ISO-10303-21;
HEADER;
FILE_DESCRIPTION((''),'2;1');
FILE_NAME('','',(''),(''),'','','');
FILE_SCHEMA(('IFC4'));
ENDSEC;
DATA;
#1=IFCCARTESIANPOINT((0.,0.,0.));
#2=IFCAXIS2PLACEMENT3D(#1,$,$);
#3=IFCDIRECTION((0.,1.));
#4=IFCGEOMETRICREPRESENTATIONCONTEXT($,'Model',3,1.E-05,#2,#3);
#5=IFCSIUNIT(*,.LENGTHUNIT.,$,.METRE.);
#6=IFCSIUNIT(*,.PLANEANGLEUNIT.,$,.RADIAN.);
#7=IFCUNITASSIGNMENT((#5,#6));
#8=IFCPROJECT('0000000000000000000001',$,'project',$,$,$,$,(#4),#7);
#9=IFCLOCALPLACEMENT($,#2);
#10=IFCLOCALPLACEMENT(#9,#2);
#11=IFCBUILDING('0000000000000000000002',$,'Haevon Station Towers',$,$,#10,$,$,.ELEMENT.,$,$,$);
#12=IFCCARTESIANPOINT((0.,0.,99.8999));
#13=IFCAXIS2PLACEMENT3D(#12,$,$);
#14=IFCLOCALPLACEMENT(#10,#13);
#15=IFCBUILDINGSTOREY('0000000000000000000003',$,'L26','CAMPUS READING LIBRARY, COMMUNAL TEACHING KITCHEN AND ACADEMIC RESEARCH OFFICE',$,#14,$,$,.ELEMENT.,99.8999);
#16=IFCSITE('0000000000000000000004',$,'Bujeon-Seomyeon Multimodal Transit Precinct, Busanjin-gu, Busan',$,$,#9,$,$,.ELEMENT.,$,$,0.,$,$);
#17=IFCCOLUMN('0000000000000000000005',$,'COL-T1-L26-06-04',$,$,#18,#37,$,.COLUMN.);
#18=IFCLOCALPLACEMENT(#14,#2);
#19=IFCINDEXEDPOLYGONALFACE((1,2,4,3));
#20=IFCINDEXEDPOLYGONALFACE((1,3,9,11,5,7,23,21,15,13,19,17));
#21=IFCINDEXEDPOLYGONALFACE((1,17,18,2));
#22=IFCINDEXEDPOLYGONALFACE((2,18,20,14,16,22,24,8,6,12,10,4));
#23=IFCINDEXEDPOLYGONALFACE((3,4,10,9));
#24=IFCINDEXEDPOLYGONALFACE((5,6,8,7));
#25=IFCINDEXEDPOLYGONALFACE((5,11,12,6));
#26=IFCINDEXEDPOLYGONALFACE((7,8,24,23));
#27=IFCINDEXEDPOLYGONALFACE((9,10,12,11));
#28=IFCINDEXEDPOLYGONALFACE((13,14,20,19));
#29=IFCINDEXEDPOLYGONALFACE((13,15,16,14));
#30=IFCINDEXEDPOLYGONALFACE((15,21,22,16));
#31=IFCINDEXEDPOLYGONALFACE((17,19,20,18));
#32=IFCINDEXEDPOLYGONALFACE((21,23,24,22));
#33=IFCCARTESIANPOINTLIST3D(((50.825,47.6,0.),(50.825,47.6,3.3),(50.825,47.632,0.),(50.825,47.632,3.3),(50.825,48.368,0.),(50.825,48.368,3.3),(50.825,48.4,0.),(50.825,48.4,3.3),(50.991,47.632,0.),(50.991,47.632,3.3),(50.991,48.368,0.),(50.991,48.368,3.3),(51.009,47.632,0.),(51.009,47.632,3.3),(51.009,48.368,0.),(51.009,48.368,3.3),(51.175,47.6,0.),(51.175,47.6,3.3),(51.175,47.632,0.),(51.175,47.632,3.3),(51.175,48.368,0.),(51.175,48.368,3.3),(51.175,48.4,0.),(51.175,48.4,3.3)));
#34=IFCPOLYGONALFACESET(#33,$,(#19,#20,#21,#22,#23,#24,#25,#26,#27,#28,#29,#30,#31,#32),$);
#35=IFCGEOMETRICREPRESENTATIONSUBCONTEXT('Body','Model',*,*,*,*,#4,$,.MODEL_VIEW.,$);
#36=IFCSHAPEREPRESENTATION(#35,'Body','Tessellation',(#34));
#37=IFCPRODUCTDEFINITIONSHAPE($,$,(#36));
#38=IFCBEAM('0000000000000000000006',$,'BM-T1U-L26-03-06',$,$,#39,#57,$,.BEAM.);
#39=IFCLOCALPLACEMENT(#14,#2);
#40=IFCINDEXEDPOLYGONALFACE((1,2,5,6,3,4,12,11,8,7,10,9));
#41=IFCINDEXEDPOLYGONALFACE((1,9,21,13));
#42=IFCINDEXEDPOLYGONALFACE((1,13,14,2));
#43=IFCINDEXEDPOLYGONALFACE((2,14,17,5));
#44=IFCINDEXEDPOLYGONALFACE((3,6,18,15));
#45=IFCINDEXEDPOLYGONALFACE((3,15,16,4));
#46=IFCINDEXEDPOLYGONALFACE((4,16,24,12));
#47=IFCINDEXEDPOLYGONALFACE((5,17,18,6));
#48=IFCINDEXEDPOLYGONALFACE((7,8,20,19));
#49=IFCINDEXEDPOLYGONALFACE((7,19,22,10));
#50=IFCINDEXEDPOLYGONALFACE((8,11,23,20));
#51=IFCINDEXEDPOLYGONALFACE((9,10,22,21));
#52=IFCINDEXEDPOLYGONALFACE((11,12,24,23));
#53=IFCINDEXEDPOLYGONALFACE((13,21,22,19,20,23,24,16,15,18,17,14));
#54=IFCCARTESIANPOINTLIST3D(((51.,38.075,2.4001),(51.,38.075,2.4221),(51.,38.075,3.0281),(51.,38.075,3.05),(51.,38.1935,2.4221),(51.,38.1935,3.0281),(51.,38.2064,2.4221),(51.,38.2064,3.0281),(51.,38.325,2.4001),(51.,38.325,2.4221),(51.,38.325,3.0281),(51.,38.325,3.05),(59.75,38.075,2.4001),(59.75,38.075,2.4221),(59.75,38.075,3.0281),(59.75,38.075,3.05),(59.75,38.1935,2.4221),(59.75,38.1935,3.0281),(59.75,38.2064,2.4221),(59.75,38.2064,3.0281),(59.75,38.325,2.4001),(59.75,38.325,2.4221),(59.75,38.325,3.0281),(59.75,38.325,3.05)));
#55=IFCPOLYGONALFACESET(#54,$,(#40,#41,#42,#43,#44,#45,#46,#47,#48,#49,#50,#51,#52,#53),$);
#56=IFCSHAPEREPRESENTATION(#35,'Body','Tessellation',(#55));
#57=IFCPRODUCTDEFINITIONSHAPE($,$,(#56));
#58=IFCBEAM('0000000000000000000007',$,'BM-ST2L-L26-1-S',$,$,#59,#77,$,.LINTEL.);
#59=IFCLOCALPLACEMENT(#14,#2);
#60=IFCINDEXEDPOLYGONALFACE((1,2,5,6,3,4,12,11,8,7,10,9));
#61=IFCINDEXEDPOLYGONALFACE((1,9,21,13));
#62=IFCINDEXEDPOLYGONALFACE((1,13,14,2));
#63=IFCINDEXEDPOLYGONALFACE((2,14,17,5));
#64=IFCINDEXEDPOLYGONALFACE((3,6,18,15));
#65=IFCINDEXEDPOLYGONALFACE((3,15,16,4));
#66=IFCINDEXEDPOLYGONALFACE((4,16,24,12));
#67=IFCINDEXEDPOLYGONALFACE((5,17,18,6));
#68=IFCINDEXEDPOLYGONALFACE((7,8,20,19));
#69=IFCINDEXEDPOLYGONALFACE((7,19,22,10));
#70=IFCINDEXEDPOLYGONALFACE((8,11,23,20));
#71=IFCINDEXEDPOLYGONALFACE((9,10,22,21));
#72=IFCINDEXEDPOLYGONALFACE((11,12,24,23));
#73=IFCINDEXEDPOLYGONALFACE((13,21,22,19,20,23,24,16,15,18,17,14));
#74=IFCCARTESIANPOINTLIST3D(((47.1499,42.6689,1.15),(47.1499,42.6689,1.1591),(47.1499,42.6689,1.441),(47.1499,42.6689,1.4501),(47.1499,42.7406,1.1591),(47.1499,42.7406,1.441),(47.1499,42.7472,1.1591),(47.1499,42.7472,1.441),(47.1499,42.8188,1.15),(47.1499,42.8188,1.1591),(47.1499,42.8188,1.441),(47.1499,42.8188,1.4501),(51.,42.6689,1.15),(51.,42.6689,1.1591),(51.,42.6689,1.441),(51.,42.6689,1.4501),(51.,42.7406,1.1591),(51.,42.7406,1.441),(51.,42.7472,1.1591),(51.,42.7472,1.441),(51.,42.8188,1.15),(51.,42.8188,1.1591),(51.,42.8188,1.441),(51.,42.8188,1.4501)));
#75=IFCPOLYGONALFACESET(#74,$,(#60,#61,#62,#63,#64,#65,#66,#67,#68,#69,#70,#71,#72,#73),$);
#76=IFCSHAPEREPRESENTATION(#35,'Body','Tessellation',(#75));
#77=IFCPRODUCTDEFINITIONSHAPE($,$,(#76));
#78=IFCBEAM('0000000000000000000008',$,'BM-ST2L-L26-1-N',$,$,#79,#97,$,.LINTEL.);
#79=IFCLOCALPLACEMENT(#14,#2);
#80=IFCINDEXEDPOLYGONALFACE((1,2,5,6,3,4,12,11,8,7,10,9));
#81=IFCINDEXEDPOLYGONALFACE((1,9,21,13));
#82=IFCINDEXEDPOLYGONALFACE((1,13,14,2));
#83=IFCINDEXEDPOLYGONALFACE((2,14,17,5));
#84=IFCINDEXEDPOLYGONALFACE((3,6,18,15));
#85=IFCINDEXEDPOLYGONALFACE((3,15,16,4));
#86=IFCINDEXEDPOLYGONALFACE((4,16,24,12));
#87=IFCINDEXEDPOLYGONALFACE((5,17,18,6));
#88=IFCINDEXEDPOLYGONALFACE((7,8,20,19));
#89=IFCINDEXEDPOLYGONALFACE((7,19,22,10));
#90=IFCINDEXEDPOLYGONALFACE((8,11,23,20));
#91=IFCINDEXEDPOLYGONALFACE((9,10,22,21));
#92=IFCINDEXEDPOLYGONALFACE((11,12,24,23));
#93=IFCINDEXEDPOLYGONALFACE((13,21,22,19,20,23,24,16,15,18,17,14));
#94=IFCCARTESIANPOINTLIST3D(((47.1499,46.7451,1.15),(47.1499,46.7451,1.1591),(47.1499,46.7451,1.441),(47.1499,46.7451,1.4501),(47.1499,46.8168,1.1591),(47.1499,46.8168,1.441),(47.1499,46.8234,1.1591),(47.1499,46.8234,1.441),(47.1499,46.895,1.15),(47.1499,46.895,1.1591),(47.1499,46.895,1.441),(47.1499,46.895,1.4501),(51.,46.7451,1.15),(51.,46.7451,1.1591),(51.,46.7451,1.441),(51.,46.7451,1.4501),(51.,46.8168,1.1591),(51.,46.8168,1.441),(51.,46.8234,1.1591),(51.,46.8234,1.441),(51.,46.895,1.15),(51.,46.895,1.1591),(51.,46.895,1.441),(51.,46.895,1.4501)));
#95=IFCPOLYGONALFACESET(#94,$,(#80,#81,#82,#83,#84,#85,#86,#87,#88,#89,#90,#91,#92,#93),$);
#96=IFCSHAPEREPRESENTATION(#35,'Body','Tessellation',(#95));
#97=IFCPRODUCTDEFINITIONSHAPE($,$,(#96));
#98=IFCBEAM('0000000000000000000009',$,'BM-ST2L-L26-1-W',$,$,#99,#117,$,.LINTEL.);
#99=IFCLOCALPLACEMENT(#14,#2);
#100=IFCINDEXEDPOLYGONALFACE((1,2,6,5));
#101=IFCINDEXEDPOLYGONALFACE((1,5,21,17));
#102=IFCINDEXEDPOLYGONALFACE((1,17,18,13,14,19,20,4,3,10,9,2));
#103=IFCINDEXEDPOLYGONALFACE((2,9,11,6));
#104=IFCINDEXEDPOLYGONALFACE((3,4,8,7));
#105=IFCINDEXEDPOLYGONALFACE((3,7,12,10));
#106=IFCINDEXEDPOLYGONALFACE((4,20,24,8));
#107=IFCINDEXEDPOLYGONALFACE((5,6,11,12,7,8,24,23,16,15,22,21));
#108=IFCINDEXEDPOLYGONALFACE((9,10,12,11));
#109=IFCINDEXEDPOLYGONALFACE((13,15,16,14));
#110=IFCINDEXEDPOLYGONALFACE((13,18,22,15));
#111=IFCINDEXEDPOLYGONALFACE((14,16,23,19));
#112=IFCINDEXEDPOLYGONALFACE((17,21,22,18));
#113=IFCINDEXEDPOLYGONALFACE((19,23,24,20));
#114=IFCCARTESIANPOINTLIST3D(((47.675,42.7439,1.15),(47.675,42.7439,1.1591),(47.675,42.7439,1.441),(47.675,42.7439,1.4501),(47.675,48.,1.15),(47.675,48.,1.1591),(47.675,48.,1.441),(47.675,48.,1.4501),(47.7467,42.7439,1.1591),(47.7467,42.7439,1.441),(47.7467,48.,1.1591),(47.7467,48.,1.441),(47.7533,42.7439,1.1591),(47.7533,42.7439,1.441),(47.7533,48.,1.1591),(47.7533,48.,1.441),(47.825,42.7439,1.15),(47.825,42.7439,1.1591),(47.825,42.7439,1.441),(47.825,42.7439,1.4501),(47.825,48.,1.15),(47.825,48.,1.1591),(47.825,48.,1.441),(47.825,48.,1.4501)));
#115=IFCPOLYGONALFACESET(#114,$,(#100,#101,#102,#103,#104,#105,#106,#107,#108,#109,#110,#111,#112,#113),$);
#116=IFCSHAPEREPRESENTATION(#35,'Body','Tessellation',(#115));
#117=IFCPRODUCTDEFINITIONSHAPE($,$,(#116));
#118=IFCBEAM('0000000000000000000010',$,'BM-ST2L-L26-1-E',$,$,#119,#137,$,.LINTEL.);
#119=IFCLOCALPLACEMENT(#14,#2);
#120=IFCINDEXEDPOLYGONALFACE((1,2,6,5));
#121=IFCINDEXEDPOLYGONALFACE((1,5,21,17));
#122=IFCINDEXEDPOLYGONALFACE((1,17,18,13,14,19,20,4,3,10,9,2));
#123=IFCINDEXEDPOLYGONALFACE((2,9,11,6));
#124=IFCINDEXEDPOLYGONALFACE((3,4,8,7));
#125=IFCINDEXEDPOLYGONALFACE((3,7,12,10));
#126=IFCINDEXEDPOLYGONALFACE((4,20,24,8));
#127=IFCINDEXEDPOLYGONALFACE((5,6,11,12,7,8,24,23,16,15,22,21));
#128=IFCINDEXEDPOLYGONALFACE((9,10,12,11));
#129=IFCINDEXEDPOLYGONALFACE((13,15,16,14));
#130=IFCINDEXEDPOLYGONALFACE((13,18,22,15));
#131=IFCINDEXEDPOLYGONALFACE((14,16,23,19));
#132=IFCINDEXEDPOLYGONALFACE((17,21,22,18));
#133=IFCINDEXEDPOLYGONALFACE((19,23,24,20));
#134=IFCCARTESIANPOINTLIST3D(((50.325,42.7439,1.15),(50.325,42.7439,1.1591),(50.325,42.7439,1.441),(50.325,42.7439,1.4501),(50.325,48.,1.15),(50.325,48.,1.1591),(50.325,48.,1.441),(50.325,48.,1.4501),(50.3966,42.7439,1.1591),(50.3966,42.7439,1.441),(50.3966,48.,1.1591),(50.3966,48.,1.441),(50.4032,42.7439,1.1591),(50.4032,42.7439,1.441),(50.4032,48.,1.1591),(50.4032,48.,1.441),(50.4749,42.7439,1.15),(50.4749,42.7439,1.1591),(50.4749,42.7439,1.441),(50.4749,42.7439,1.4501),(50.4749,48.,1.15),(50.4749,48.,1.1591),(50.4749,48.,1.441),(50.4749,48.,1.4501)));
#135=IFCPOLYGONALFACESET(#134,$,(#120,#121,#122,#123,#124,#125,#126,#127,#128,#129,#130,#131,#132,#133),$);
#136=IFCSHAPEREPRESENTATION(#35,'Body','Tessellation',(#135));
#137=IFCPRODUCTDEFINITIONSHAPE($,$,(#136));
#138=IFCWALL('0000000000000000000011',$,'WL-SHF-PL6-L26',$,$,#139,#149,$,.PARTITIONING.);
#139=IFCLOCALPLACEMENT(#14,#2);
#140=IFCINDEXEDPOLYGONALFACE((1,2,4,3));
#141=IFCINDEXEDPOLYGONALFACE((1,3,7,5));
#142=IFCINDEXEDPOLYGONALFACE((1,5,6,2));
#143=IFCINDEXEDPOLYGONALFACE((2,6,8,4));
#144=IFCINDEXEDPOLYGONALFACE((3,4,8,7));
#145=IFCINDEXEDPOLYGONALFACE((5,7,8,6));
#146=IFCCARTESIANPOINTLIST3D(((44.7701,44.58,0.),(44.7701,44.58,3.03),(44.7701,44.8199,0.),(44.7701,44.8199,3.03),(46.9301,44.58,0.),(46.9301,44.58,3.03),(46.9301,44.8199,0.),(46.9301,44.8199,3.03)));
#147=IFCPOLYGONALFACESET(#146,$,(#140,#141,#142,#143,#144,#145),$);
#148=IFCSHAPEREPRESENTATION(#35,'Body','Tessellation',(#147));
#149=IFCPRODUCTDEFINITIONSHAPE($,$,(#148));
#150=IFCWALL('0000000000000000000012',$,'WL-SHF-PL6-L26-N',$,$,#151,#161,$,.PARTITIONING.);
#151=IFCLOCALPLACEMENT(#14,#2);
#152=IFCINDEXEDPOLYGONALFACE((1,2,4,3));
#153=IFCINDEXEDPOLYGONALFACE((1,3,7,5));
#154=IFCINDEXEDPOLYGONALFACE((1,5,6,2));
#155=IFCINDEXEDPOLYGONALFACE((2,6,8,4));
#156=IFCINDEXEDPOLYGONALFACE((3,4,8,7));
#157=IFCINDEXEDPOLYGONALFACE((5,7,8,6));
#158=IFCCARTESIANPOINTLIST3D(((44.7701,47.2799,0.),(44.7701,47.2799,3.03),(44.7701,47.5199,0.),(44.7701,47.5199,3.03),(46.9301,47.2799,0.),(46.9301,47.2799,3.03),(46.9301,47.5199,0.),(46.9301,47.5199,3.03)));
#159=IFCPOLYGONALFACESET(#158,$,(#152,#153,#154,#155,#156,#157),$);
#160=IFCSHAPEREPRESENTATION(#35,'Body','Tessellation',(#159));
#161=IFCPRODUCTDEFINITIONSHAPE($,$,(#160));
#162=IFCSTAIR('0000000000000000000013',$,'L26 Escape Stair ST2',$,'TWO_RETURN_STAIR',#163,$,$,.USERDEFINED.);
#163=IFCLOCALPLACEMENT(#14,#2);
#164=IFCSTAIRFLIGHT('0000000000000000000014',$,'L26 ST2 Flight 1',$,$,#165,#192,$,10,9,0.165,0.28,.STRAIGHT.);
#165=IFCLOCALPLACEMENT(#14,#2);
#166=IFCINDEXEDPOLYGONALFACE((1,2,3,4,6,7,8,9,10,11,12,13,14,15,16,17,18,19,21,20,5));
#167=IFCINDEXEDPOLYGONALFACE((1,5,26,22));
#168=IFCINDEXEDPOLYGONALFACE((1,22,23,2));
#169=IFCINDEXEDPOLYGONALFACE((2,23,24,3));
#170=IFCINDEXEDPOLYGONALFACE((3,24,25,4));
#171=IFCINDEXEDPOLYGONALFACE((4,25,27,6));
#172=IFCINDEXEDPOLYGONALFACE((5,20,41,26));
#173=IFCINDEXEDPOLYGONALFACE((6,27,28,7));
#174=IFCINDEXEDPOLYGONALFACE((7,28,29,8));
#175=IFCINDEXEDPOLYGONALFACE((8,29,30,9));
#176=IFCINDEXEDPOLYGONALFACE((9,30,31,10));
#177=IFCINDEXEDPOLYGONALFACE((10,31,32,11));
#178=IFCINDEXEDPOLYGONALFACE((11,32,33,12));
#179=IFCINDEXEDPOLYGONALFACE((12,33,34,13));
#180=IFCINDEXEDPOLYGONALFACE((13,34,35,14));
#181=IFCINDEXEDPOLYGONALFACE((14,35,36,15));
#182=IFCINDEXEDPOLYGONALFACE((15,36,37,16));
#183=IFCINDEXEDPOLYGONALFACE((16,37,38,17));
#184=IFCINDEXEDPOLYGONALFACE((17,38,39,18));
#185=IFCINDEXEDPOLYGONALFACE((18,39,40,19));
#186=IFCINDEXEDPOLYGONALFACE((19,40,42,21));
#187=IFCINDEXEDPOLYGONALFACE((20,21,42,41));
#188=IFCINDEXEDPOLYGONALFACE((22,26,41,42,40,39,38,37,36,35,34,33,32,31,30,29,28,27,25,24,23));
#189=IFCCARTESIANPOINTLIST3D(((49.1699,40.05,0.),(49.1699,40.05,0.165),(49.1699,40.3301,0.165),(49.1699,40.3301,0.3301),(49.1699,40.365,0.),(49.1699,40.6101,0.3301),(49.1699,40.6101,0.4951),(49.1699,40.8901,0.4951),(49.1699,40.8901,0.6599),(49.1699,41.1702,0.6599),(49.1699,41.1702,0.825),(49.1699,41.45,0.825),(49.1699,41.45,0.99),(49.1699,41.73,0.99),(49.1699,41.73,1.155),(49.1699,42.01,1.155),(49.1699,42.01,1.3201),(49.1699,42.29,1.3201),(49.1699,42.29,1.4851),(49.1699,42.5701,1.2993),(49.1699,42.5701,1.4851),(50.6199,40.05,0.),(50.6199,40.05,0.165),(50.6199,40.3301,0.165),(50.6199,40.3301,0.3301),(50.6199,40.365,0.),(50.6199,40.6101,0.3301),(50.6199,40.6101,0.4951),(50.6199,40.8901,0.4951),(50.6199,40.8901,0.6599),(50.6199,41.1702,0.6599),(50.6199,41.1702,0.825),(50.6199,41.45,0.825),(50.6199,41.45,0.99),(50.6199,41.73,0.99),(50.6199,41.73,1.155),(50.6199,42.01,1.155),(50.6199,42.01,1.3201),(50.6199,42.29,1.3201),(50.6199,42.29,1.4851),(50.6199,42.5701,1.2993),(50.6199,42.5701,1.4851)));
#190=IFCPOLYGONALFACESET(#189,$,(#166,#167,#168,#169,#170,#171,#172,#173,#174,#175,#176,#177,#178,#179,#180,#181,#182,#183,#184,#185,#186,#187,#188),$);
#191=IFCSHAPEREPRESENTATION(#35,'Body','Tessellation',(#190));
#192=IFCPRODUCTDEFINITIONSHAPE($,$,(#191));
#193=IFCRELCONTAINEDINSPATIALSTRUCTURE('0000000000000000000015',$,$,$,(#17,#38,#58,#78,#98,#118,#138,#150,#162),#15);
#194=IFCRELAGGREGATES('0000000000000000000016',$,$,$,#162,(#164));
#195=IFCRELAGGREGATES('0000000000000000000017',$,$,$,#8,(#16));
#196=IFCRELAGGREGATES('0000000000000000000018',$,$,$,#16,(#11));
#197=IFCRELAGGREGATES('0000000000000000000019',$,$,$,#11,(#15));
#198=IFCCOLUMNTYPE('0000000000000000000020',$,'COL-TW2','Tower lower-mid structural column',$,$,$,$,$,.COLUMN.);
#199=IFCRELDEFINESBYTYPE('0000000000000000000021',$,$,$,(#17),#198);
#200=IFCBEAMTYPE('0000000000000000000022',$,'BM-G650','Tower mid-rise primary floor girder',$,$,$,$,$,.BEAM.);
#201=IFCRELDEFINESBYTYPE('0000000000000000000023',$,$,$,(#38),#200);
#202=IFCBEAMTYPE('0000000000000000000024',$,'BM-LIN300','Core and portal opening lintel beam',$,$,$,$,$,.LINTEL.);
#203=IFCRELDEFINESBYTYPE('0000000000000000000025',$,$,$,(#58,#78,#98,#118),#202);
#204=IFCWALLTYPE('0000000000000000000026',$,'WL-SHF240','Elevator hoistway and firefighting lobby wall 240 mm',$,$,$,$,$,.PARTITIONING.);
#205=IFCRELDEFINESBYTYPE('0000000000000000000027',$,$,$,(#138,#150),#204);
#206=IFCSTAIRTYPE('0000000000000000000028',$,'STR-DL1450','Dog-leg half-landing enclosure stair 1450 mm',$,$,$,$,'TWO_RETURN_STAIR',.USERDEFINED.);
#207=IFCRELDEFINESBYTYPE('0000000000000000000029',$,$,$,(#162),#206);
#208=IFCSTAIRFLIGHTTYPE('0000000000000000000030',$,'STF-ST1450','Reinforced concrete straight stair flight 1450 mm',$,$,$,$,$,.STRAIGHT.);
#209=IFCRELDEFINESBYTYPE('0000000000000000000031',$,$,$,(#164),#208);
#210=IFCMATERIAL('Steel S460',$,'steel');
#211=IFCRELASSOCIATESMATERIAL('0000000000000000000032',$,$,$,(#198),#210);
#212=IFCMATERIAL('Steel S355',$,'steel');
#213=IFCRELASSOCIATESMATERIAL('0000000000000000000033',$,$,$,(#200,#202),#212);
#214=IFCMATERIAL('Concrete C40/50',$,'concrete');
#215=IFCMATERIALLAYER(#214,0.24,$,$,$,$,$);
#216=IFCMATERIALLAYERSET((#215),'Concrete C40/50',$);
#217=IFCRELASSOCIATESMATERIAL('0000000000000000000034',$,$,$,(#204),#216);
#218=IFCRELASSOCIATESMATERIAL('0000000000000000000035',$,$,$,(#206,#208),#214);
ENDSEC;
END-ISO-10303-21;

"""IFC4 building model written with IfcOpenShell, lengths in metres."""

from ifc_helpers import new_model, si_unit, direction, frame, frame_2d, origin, origin_2d, place, context, subcontext, project, spatial, polyline, rectangle, i_section, outline, extrude, material, layer, layer_set, material_profile, profile_set, type_object, element, aggregate, save


model = new_model("IFC4")

# Units and contexts
model_context = context("Model", 3, precision=1e-05, world=origin(), true_north=direction((0.0, 1.0)))
body_context = subcontext(model_context, "Body", "Model", "MODEL_VIEW")
ifc_project = project(units=[si_unit("LENGTHUNIT", "METRE"), si_unit("PLANEANGLEUNIT", "RADIAN")], contexts=[model_context])

# Site, building, storey
site_placement = place(None, origin())
site = spatial("IfcSite", under=ifc_project, at=site_placement, Name="Bujeon-Seomyeon Multimodal Transit Precinct, Busanjin-gu, Busan", CompositionType="ELEMENT", RefElevation=0.0)
building_placement = place(site_placement, origin())
building = spatial("IfcBuilding", under=site, at=building_placement, Name="Haevon Station Towers", CompositionType="ELEMENT")
storey_placement = place(building_placement, frame((0.0, 0.0, 99.8999)))
storey = spatial("IfcBuildingStorey", under=building, at=storey_placement, Name="L26", Description="CAMPUS READING LIBRARY, COMMUNAL TEACHING KITCHEN AND ACADEMIC RESEARCH OFFICE", CompositionType="ELEMENT", Elevation=99.8999)

# Column
ifc_material_1 = material(Name="Steel S460", Category="steel")
ifc_material_profile_1 = material_profile(ifc_material_1, i_section(OverallWidth=0.3501, OverallDepth=0.8, WebThickness=0.0181, FlangeThickness=0.032, at=origin_2d()), Name="H-800x350x18x32")
ifc_profile_set_1 = profile_set([ifc_material_profile_1], Name="Steel S460")
column_type = type_object("IfcColumnType", Name="COL-TW2", Description="Tower lower-mid structural column", PredefinedType="COLUMN", material=ifc_profile_set_1)
column_placement = place(storey_placement, frame((51.0, 48.0, 0.0), z_axis=(0.0, 0.0, 1.0), x_axis=(1.0, 0.0, 0.0)))
element("IfcColumn", 1, at=column_placement, inside=storey, type_object=column_type, Name="COL-T1-L26-06-04", PredefinedType="COLUMN", context=body_context, shape_type="SweptSolid", body=[
    extrude(i_section(OverallWidth=0.3501, OverallDepth=0.8, WebThickness=0.0181, FlangeThickness=0.032, at=origin_2d()), origin(), (0.0, 0.0, 1.0), 3.3),
])

# Beams
ifc_material_2 = material(Name="Steel S355", Category="steel")
ifc_material_profile_2 = material_profile(ifc_material_2, i_section(OverallWidth=0.25, OverallDepth=0.6499, WebThickness=0.0129, FlangeThickness=0.022, at=origin_2d()), Name="H-650x250x13x22")
ifc_profile_set_2 = profile_set([ifc_material_profile_2], Name="Steel S355")
beam_type_1 = type_object("IfcBeamType", Name="BM-G650", Description="Tower mid-rise primary floor girder", PredefinedType="BEAM", material=ifc_profile_set_2)
beam_placement = place(storey_placement, frame((51.0, 38.2, 2.7251), z_axis=(1.0, 0.0, 0.0), x_axis=(0.0, 1.0, 0.0)))
element("IfcBeam", 2, at=beam_placement, inside=storey, type_object=beam_type_1, Name="BM-T1U-L26-03-06", PredefinedType="BEAM", context=body_context, shape_type="SweptSolid", body=[
    extrude(i_section(OverallWidth=0.25, OverallDepth=0.6499, WebThickness=0.0129, FlangeThickness=0.022, at=origin_2d()), origin(), (0.0, 0.0, 1.0), 8.75),
])
ifc_material_profile_3 = material_profile(ifc_material_2, i_section(OverallWidth=0.1499, OverallDepth=0.3, WebThickness=0.0066, FlangeThickness=0.009, at=origin_2d()), Name="H-300x150x6.5x9")
ifc_profile_set_3 = profile_set([ifc_material_profile_3], Name="Steel S355")
beam_type_2 = type_object("IfcBeamType", Name="BM-LIN300", Description="Core and portal opening lintel beam", PredefinedType="LINTEL", material=ifc_profile_set_3)
for number, where, z_axis, x_axis, name in (
    (3, (47.1499, 42.7439, 1.3), (1.0, 0.0, 0.0), (0.0, 1.0, 0.0), "BM-ST2L-L26-1-S"),
    (4, (47.1499, 46.8201, 1.3), (1.0, 0.0, 0.0), (0.0, 1.0, 0.0), "BM-ST2L-L26-1-N"),
):
    element("IfcBeam", number, at=place(storey_placement, frame(where, z_axis=z_axis, x_axis=x_axis)), inside=storey, type_object=beam_type_2, Name=name, PredefinedType="LINTEL", context=body_context, shape_type="SweptSolid", body=[
        extrude(i_section(OverallWidth=0.1499, OverallDepth=0.3, WebThickness=0.0066, FlangeThickness=0.009, at=origin_2d()), origin(), (0.0, 0.0, 1.0), 3.8501),
    ])
for number, where, z_axis, x_axis, name in (
    (5, (47.75, 42.7439, 1.3), (0.0, 1.0, 0.0), (-1.0, 0.0, 0.0), "BM-ST2L-L26-1-W"),
    (6, (50.3999, 42.7439, 1.3), (0.0, 1.0, 0.0), (-1.0, 0.0, 0.0), "BM-ST2L-L26-1-E"),
):
    element("IfcBeam", number, at=place(storey_placement, frame(where, z_axis=z_axis, x_axis=x_axis)), inside=storey, type_object=beam_type_2, Name=name, PredefinedType="LINTEL", context=body_context, shape_type="SweptSolid", body=[
        extrude(i_section(OverallWidth=0.1499, OverallDepth=0.3, WebThickness=0.0066, FlangeThickness=0.009, at=origin_2d()), origin(), (0.0, 0.0, 1.0), 5.2561),
    ])

# Walls
ifc_material_3 = material(Name="Concrete C40/50", Category="concrete")
ifc_layer = layer(ifc_material_3, 0.24)
ifc_layer_set = layer_set([ifc_layer], Name="Concrete C40/50")
wall_type = type_object("IfcWallType", Name="WL-SHF240", Description="Elevator hoistway and firefighting lobby wall 240 mm", PredefinedType="PARTITIONING", material=ifc_layer_set)
for number, where, z_axis, x_axis, name in (
    (7, (44.77, 44.7, 0.0), (0.0, 0.0, 1.0), (1.0, 0.0, 0.0), "WL-SHF-PL6-L26"),
    (8, (44.77, 47.3999, 0.0), (0.0, 0.0, 1.0), (1.0, 0.0, 0.0), "WL-SHF-PL6-L26-N"),
):
    element("IfcWall", number, at=place(storey_placement, frame(where, z_axis=z_axis, x_axis=x_axis)), inside=storey, type_object=wall_type, Name=name, PredefinedType="PARTITIONING", context=body_context, shape_type="SweptSolid", body=[
        extrude(rectangle(XDim=2.1599, YDim=0.24, at=frame_2d((1.0801, 0.0))), origin(), (0.0, 0.0, 1.0), 3.03),
    ])

# Stair, stair flight
stair_type = type_object("IfcStairType", Name="STR-DL1450", Description="Dog-leg half-landing enclosure stair 1450 mm", ElementType="TWO_RETURN_STAIR", PredefinedType="USERDEFINED", material=ifc_material_3)
stair_placement = place(storey_placement, origin())
stair = element("IfcStair", 9, at=stair_placement, inside=storey, type_object=stair_type, Name="L26 Escape Stair ST2", ObjectType="TWO_RETURN_STAIR", PredefinedType="USERDEFINED")
stair_flight_type = type_object("IfcStairFlightType", Name="STF-ST1450", Description="Reinforced concrete straight stair flight 1450 mm", PredefinedType="STRAIGHT", material=ifc_material_3)
stair_flight_1_placement = place(storey_placement, frame((49.895, 40.05, 0.0), z_axis=(0.0, 0.0, 1.0), x_axis=(0.0, 1.0, 0.0)))
stair_flight_1 = element("IfcStairFlight", 10, at=stair_flight_1_placement, type_object=stair_flight_type, Name="L26 ST2 Flight 1", NumberOfRisers=10, NumberOfTreads=9, PredefinedType="STRAIGHT", RiserHeight=0.165, TreadLength=0.28, context=body_context, shape_type="SweptSolid", body=[
    extrude(outline(polyline([(0.0, 0.0), (0.0, 0.165), (0.28, 0.165), (0.28, 0.3301), (0.5601, 0.3301), (0.5601, 0.4951), (0.8401, 0.4951), (0.8401, 0.6599), (1.1201, 0.6599), (1.1201, 0.825), (1.3999, 0.825), (1.3999, 0.99), (1.6799, 0.99), (1.6799, 1.155), (1.96, 1.155), (1.96, 1.3201), (2.24, 1.3201), (2.24, 1.4851), (2.52, 1.4851), (2.52, 1.6499), (2.52, 1.2993), (0.3149, 0.0), (0.0, 0.0)])), frame((0.0, 0.7251, 0.0), z_axis=(0.0, -1.0, 0.0), x_axis=(1.0, 0.0, 0.0)), (0.0, 0.0, 1.0), 1.45),
])
aggregate(stair, [stair_flight_1])

save(model, "model.ifc")
